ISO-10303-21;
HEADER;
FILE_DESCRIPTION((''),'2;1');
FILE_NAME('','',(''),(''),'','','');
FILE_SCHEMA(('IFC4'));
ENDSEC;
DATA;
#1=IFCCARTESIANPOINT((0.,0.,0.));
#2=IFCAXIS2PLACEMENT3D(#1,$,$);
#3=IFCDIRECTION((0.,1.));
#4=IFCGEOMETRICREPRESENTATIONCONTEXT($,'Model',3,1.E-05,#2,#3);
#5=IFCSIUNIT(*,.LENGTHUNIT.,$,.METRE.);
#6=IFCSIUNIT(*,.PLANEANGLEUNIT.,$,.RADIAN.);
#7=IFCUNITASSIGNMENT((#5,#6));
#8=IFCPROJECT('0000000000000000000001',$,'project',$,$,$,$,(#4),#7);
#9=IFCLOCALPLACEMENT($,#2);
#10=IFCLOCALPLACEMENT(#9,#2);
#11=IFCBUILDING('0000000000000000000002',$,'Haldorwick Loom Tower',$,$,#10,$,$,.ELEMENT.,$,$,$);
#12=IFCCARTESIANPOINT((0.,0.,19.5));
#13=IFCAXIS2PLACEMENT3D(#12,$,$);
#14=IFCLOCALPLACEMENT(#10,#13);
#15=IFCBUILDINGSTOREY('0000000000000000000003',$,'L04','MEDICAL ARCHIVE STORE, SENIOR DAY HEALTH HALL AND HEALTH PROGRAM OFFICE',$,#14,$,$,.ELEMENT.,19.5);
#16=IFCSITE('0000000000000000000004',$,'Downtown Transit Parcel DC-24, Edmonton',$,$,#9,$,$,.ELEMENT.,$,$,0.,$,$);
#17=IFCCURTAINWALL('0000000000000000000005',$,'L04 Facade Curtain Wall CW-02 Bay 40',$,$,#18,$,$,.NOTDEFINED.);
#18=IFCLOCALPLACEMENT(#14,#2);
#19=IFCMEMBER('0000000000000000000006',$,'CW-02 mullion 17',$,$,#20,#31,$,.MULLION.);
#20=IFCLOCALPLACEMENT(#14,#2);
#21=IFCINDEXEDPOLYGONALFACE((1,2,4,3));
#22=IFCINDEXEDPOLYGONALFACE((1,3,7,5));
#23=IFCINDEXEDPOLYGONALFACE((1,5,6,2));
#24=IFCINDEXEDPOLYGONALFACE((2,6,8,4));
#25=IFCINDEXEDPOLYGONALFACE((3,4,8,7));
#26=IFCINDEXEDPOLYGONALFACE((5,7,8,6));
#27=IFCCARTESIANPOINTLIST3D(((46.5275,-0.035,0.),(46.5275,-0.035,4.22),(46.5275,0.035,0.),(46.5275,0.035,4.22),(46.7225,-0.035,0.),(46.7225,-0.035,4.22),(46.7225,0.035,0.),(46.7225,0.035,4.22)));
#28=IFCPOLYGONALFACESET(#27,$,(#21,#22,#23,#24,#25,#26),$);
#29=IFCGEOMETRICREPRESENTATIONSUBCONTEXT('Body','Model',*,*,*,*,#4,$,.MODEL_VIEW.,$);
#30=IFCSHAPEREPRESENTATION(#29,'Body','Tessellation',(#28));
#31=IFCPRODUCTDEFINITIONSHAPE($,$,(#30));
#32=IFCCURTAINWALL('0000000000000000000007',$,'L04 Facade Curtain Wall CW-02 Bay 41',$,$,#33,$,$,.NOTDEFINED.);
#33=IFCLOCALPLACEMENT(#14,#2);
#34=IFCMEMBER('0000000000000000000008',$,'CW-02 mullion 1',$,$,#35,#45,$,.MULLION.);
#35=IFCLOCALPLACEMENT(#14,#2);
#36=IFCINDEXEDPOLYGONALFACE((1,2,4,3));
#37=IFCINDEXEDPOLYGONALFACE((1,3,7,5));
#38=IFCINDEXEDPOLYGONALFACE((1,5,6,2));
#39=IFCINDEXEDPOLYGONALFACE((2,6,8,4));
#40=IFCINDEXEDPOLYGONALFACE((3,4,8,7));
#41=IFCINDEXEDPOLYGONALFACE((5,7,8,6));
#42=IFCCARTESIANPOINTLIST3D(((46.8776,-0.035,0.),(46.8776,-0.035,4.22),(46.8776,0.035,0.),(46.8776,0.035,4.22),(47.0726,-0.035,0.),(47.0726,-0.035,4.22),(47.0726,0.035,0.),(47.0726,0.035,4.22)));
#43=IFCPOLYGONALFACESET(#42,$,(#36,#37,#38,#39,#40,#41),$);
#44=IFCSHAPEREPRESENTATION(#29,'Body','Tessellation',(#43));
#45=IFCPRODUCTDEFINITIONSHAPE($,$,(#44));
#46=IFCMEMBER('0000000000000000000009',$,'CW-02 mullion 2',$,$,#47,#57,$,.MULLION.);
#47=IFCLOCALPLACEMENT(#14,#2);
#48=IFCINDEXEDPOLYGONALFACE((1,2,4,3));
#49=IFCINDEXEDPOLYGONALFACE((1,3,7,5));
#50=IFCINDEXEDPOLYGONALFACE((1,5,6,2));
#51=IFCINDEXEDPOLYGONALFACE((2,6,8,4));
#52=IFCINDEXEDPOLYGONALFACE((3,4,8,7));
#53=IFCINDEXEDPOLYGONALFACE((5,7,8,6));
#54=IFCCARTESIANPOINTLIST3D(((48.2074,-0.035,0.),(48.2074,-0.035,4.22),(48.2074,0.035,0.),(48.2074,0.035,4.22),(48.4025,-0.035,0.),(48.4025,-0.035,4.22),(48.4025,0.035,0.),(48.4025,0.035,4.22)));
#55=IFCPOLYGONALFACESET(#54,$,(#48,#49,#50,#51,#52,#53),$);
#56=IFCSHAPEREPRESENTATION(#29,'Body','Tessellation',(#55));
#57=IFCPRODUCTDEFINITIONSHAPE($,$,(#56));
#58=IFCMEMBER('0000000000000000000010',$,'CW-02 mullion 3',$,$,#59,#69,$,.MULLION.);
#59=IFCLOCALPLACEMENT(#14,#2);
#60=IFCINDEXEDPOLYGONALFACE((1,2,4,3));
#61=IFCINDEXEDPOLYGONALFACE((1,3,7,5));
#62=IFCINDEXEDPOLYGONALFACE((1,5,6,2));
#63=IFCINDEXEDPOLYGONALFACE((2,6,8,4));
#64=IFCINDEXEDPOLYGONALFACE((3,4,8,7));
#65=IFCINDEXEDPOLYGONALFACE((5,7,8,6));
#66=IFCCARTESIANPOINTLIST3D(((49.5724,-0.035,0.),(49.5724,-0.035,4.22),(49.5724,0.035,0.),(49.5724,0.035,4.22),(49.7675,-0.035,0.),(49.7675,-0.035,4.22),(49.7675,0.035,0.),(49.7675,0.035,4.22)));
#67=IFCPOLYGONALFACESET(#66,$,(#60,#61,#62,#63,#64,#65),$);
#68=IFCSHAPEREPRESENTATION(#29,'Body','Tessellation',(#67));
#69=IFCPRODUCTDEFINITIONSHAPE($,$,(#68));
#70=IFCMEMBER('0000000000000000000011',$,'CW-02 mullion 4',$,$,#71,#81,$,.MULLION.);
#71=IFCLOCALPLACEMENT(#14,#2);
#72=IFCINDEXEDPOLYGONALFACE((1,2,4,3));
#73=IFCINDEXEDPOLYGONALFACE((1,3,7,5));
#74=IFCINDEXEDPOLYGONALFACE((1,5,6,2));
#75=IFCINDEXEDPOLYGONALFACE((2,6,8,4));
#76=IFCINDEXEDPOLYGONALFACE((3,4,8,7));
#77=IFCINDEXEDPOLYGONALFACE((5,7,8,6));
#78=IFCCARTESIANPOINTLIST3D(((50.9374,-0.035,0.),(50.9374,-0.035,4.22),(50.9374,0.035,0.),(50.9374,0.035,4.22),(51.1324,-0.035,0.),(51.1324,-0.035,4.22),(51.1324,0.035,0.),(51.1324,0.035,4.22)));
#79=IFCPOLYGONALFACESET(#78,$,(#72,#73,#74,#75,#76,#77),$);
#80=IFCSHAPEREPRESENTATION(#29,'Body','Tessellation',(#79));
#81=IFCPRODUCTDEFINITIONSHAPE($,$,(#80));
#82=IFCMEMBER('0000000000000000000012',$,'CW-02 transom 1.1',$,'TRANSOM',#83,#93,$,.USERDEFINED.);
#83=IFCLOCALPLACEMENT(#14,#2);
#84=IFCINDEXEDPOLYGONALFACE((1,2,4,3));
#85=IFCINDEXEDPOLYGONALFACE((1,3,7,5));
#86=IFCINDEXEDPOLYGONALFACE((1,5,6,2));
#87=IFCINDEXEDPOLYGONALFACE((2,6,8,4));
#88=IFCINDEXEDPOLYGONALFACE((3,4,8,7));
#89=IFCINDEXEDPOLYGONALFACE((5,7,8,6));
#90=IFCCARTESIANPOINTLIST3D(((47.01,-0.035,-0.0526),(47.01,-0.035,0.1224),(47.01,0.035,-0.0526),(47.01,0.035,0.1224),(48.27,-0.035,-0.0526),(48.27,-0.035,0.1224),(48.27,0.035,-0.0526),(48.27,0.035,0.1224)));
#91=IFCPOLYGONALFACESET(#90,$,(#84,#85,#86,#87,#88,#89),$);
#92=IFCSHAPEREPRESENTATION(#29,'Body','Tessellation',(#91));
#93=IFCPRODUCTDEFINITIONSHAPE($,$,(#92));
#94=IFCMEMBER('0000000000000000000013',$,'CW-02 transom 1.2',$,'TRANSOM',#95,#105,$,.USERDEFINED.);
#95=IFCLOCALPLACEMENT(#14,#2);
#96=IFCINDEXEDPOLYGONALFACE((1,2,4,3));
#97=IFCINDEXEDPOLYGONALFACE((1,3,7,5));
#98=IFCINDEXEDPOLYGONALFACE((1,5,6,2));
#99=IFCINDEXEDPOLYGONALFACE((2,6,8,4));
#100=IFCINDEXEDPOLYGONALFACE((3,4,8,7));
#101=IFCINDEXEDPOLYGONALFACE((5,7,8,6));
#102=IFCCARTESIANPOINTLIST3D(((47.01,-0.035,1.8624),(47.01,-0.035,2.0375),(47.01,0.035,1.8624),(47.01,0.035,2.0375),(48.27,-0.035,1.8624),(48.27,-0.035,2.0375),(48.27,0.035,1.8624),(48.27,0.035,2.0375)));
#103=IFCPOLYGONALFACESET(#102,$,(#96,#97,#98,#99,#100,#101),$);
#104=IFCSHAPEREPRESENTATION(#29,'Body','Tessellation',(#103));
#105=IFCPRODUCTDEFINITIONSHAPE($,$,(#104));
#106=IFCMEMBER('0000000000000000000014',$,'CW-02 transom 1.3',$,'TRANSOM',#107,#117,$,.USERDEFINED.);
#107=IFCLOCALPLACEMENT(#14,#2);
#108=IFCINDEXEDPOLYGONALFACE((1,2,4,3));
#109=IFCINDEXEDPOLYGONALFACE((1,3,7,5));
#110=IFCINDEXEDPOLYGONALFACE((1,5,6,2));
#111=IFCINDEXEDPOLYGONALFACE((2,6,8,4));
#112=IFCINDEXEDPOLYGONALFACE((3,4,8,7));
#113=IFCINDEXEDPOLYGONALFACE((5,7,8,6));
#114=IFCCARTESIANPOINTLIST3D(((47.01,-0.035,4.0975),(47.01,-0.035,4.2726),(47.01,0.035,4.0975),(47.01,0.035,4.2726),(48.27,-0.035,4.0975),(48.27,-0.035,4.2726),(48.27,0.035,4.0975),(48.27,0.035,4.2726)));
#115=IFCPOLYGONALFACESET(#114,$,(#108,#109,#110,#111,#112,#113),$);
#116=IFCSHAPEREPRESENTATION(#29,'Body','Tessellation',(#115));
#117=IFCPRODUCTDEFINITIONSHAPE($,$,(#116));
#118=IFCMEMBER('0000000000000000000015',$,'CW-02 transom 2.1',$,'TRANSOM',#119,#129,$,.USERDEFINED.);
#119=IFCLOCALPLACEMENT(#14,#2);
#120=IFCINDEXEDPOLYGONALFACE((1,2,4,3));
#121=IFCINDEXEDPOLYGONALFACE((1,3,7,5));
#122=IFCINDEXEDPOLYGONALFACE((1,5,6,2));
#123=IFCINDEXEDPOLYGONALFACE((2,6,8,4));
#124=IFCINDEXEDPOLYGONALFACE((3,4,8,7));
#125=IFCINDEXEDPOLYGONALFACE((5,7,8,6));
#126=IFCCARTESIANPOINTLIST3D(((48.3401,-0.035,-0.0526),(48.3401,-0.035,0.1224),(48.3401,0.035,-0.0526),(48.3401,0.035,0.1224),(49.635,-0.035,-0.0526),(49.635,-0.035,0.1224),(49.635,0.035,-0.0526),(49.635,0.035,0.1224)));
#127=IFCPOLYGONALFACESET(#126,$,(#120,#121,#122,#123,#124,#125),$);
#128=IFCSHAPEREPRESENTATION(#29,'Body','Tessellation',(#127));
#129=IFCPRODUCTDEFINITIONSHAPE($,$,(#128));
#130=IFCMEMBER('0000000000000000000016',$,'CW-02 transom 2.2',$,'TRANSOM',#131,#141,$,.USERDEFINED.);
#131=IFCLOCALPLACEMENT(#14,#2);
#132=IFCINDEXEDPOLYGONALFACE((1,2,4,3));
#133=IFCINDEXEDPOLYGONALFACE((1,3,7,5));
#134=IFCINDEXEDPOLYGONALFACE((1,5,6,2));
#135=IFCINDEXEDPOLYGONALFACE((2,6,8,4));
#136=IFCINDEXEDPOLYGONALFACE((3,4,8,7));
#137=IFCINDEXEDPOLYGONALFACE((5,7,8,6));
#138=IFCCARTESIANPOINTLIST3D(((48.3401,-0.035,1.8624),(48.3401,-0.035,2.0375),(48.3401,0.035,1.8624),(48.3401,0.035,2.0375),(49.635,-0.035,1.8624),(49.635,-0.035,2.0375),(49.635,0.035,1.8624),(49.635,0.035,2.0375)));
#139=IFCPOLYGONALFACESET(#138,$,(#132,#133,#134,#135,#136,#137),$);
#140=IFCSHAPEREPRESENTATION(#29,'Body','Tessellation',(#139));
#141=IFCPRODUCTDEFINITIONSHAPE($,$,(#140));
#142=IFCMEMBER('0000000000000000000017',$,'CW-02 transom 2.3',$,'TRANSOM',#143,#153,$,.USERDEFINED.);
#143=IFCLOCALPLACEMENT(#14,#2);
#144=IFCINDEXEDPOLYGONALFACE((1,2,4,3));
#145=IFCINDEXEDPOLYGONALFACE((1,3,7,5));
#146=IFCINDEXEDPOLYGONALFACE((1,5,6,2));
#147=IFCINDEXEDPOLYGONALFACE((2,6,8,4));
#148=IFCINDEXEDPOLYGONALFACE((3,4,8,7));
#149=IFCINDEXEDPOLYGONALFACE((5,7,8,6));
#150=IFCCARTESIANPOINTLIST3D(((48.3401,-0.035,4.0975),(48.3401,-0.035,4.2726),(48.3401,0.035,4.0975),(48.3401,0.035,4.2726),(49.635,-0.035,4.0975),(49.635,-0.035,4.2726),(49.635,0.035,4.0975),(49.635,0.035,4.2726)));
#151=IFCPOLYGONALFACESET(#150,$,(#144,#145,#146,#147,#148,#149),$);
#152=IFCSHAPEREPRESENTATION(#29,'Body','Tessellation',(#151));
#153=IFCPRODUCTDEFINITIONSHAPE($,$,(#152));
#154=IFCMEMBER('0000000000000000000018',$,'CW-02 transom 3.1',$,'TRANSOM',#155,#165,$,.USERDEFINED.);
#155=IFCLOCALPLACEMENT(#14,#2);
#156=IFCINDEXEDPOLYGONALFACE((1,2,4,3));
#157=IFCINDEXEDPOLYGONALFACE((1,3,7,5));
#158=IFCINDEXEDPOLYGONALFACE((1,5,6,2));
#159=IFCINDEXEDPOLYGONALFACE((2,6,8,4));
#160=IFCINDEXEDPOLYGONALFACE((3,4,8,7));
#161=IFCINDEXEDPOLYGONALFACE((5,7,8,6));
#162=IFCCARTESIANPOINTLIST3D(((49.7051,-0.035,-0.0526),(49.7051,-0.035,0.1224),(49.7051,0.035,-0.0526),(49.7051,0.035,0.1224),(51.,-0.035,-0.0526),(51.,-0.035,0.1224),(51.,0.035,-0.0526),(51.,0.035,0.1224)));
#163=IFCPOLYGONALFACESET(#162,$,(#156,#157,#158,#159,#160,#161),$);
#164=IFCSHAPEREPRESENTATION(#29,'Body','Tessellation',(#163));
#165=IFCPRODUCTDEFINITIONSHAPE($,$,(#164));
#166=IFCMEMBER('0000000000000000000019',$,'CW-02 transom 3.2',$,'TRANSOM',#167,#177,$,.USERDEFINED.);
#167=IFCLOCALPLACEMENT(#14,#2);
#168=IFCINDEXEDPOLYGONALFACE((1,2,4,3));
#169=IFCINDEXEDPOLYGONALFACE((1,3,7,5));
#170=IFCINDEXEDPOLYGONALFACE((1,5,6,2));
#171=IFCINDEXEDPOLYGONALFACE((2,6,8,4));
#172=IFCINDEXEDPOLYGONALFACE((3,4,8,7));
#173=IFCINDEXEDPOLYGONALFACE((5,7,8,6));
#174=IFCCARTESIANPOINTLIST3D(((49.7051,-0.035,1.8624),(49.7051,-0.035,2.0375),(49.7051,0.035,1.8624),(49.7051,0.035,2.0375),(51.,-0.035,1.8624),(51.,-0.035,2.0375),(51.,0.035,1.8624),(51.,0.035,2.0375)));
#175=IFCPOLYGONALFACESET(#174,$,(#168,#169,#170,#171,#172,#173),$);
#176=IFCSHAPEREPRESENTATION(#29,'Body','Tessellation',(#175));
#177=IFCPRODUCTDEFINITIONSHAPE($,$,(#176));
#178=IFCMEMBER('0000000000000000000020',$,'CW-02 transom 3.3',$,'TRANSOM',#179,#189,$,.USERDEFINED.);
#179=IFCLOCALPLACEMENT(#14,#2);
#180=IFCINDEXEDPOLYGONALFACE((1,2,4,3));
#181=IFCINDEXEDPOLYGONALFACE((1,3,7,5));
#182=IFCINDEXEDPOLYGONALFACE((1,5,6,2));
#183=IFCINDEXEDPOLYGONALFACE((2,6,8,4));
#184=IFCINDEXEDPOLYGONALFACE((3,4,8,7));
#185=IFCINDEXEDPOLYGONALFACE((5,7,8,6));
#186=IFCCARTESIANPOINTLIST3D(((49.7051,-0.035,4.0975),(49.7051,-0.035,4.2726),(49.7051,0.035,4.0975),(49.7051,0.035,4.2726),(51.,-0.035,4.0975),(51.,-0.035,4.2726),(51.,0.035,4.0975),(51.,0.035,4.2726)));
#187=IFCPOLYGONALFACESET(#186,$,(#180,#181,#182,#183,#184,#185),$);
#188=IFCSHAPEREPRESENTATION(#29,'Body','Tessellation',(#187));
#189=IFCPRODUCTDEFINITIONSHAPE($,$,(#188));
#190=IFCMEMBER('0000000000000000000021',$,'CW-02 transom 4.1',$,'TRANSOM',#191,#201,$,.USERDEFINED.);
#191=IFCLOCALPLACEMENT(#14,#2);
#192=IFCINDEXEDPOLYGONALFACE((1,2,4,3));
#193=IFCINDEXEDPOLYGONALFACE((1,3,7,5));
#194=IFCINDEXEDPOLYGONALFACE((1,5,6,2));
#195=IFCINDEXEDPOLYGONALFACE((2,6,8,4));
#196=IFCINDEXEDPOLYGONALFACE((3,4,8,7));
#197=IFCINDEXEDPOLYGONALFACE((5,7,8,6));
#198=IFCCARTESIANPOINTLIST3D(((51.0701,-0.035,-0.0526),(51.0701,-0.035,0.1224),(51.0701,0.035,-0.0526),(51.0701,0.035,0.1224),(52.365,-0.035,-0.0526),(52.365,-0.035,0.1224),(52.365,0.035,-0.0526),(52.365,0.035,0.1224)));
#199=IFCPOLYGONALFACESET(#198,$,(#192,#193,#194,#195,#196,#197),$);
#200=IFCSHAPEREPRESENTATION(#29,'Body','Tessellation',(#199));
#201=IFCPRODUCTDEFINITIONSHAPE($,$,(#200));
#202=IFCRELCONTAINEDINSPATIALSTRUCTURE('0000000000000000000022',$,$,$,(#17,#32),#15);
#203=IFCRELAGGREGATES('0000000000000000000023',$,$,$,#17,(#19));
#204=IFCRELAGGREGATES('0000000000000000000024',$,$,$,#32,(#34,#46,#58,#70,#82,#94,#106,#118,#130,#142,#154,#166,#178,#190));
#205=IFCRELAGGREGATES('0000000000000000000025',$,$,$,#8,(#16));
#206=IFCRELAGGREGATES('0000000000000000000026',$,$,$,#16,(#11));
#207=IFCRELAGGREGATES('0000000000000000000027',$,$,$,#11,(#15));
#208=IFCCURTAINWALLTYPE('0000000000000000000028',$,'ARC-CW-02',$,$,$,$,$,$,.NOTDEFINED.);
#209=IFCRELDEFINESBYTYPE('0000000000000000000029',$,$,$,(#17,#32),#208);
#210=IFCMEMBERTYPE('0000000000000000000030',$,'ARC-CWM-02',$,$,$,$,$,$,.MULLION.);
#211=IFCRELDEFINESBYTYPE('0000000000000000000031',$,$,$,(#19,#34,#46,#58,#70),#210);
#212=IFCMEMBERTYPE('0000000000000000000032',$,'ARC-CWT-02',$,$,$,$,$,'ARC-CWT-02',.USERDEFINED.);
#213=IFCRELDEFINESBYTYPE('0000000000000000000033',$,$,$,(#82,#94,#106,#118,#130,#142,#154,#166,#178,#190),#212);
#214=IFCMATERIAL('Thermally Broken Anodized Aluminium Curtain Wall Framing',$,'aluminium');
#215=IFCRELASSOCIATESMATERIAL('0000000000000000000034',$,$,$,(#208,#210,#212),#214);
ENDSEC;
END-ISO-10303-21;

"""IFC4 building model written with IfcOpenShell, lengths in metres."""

from ifc_helpers import new_model, si_unit, direction, frame, origin, origin_2d, place, context, subcontext, project, spatial, rectangle, extrude, material, material_profile, profile_set, type_object, element, aggregate, save


model = new_model("IFC4")

# Units and contexts
model_context = context("Model", 3, precision=1e-05, world=origin(), true_north=direction((0.0, 1.0)))
body_context = subcontext(model_context, "Body", "Model", "MODEL_VIEW")
ifc_project = project(units=[si_unit("LENGTHUNIT", "METRE"), si_unit("PLANEANGLEUNIT", "RADIAN")], contexts=[model_context])

# Site, building, storey
site_placement = place(None, origin())
site = spatial("IfcSite", under=ifc_project, at=site_placement, Name="Downtown Transit Parcel DC-24, Edmonton", CompositionType="ELEMENT", RefElevation=0.0)
building_placement = place(site_placement, origin())
building = spatial("IfcBuilding", under=site, at=building_placement, Name="Haldorwick Loom Tower", CompositionType="ELEMENT")
storey_placement = place(building_placement, frame((0.0, 0.0, 19.5)))
storey = spatial("IfcBuildingStorey", under=building, at=storey_placement, Name="L04", Description="MEDICAL ARCHIVE STORE, SENIOR DAY HEALTH HALL AND HEALTH PROGRAM OFFICE", CompositionType="ELEMENT", Elevation=19.5)

# Curtain wall, member
ifc_material_1 = material(Name="Thermally Broken Anodized Aluminium Curtain Wall Framing", Category="aluminium")
curtain_wall_type = type_object("IfcCurtainWallType", Name="ARC-CW-02", PredefinedType="NOTDEFINED", material=ifc_material_1)
curtain_wall_1_placement = place(storey_placement, origin())
curtain_wall_1 = element("IfcCurtainWall", 1, at=curtain_wall_1_placement, inside=storey, type_object=curtain_wall_type, Name="L04 Facade Curtain Wall CW-02 Bay 40", PredefinedType="NOTDEFINED")
ifc_material_profile_1 = material_profile(ifc_material_1, rectangle(XDim=0.0701, YDim=0.1951, at=origin_2d()), Name="ALU_MUL_70X195", Category="aluminium")
ifc_profile_set_1 = profile_set([ifc_material_profile_1], Name="Thermally Broken Anodized Aluminium Curtain Wall Framing")
member_type_1 = type_object("IfcMemberType", Name="ARC-CWM-02", PredefinedType="MULLION", material=ifc_profile_set_1)
member_1_placement = place(storey_placement, frame((46.625, 0.0, 0.0), z_axis=(0.0, 0.0, 1.0), x_axis=(0.0, 1.0, 0.0)))
member_1 = element("IfcMember", 2, at=member_1_placement, type_object=member_type_1, Name="CW-02 mullion 17", PredefinedType="MULLION", context=body_context, shape_type="SweptSolid", body=[
    extrude(rectangle(XDim=0.0701, YDim=0.1951, at=origin_2d()), origin(), (0.0, 0.0, 1.0), 4.22),
])
aggregate(curtain_wall_1, [member_1])

# Curtain wall, members
curtain_wall_2_placement = place(storey_placement, origin())
curtain_wall_2 = element("IfcCurtainWall", 3, at=curtain_wall_2_placement, inside=storey, type_object=curtain_wall_type, Name="L04 Facade Curtain Wall CW-02 Bay 41", PredefinedType="NOTDEFINED")
member_2_placement = place(storey_placement, frame((46.9751, 0.0, 0.0), z_axis=(0.0, 0.0, 1.0), x_axis=(0.0, 1.0, 0.0)))
member_2 = element("IfcMember", 4, at=member_2_placement, type_object=member_type_1, Name="CW-02 mullion 1", PredefinedType="MULLION", context=body_context, shape_type="SweptSolid", body=[
    extrude(rectangle(XDim=0.0701, YDim=0.1951, at=origin_2d()), origin(), (0.0, 0.0, 1.0), 4.22),
])
member_3_placement = place(storey_placement, frame((48.3049, 0.0, 0.0), z_axis=(0.0, 0.0, 1.0), x_axis=(0.0, 1.0, 0.0)))
member_3 = element("IfcMember", 5, at=member_3_placement, type_object=member_type_1, Name="CW-02 mullion 2", PredefinedType="MULLION", context=body_context, shape_type="SweptSolid", body=[
    extrude(rectangle(XDim=0.0701, YDim=0.1951, at=origin_2d()), origin(), (0.0, 0.0, 1.0), 4.22),
])
member_4_placement = place(storey_placement, frame((49.6699, 0.0, 0.0), z_axis=(0.0, 0.0, 1.0), x_axis=(0.0, 1.0, 0.0)))
member_4 = element("IfcMember", 6, at=member_4_placement, type_object=member_type_1, Name="CW-02 mullion 3", PredefinedType="MULLION", context=body_context, shape_type="SweptSolid", body=[
    extrude(rectangle(XDim=0.0701, YDim=0.1951, at=origin_2d()), origin(), (0.0, 0.0, 1.0), 4.22),
])
member_5_placement = place(storey_placement, frame((51.0349, 0.0, 0.0), z_axis=(0.0, 0.0, 1.0), x_axis=(0.0, 1.0, 0.0)))
member_5 = element("IfcMember", 7, at=member_5_placement, type_object=member_type_1, Name="CW-02 mullion 4", PredefinedType="MULLION", context=body_context, shape_type="SweptSolid", body=[
    extrude(rectangle(XDim=0.0701, YDim=0.1951, at=origin_2d()), origin(), (0.0, 0.0, 1.0), 4.22),
])
ifc_material_profile_2 = material_profile(ifc_material_1, rectangle(XDim=0.0701, YDim=0.175, at=origin_2d()), Name="ALU_TRN_70X175", Category="aluminium")
ifc_profile_set_2 = profile_set([ifc_material_profile_2], Name="Thermally Broken Anodized Aluminium Curtain Wall Framing")
member_type_2 = type_object("IfcMemberType", Name="ARC-CWT-02", ElementType="ARC-CWT-02", PredefinedType="USERDEFINED", material=ifc_profile_set_2)
member_6_placement = place(storey_placement, frame((47.01, 0.0, 0.0349), z_axis=(1.0, 0.0, 0.0), x_axis=(0.0, 1.0, 0.0)))
member_6 = element("IfcMember", 8, at=member_6_placement, type_object=member_type_2, Name="CW-02 transom 1.1", ObjectType="TRANSOM", PredefinedType="USERDEFINED", context=body_context, shape_type="SweptSolid", body=[
    extrude(rectangle(XDim=0.0701, YDim=0.175, at=origin_2d()), origin(), (0.0, 0.0, 1.0), 1.26),
])
member_7_placement = place(storey_placement, frame((47.01, 0.0, 1.95), z_axis=(1.0, 0.0, 0.0), x_axis=(0.0, 1.0, 0.0)))
member_7 = element("IfcMember", 9, at=member_7_placement, type_object=member_type_2, Name="CW-02 transom 1.2", ObjectType="TRANSOM", PredefinedType="USERDEFINED", context=body_context, shape_type="SweptSolid", body=[
    extrude(rectangle(XDim=0.0701, YDim=0.175, at=origin_2d()), origin(), (0.0, 0.0, 1.0), 1.26),
])
member_8_placement = place(storey_placement, frame((47.01, 0.0, 4.1851), z_axis=(1.0, 0.0, 0.0), x_axis=(0.0, 1.0, 0.0)))
member_8 = element("IfcMember", 10, at=member_8_placement, type_object=member_type_2, Name="CW-02 transom 1.3", ObjectType="TRANSOM", PredefinedType="USERDEFINED", context=body_context, shape_type="SweptSolid", body=[
    extrude(rectangle(XDim=0.0701, YDim=0.175, at=origin_2d()), origin(), (0.0, 0.0, 1.0), 1.26),
])
member_9_placement = place(storey_placement, frame((48.3401, 0.0, 0.0349), z_axis=(1.0, 0.0, 0.0), x_axis=(0.0, 1.0, 0.0)))
member_9 = element("IfcMember", 11, at=member_9_placement, type_object=member_type_2, Name="CW-02 transom 2.1", ObjectType="TRANSOM", PredefinedType="USERDEFINED", context=body_context, shape_type="SweptSolid", body=[
    extrude(rectangle(XDim=0.0701, YDim=0.175, at=origin_2d()), origin(), (0.0, 0.0, 1.0), 1.2949),
])
member_10_placement = place(storey_placement, frame((48.3401, 0.0, 1.95), z_axis=(1.0, 0.0, 0.0), x_axis=(0.0, 1.0, 0.0)))
member_10 = element("IfcMember", 12, at=member_10_placement, type_object=member_type_2, Name="CW-02 transom 2.2", ObjectType="TRANSOM", PredefinedType="USERDEFINED", context=body_context, shape_type="SweptSolid", body=[
    extrude(rectangle(XDim=0.0701, YDim=0.175, at=origin_2d()), origin(), (0.0, 0.0, 1.0), 1.2949),
])
member_11_placement = place(storey_placement, frame((48.3401, 0.0, 4.1851), z_axis=(1.0, 0.0, 0.0), x_axis=(0.0, 1.0, 0.0)))
member_11 = element("IfcMember", 13, at=member_11_placement, type_object=member_type_2, Name="CW-02 transom 2.3", ObjectType="TRANSOM", PredefinedType="USERDEFINED", context=body_context, shape_type="SweptSolid", body=[
    extrude(rectangle(XDim=0.0701, YDim=0.175, at=origin_2d()), origin(), (0.0, 0.0, 1.0), 1.2949),
])
member_12_placement = place(storey_placement, frame((49.7051, 0.0, 0.0349), z_axis=(1.0, 0.0, 0.0), x_axis=(0.0, 1.0, 0.0)))
member_12 = element("IfcMember", 14, at=member_12_placement, type_object=member_type_2, Name="CW-02 transom 3.1", ObjectType="TRANSOM", PredefinedType="USERDEFINED", context=body_context, shape_type="SweptSolid", body=[
    extrude(rectangle(XDim=0.0701, YDim=0.175, at=origin_2d()), origin(), (0.0, 0.0, 1.0), 1.2949),
])
member_13_placement = place(storey_placement, frame((49.7051, 0.0, 1.95), z_axis=(1.0, 0.0, 0.0), x_axis=(0.0, 1.0, 0.0)))
member_13 = element("IfcMember", 15, at=member_13_placement, type_object=member_type_2, Name="CW-02 transom 3.2", ObjectType="TRANSOM", PredefinedType="USERDEFINED", context=body_context, shape_type="SweptSolid", body=[
    extrude(rectangle(XDim=0.0701, YDim=0.175, at=origin_2d()), origin(), (0.0, 0.0, 1.0), 1.2949),
])
member_14_placement = place(storey_placement, frame((49.7051, 0.0, 4.1851), z_axis=(1.0, 0.0, 0.0), x_axis=(0.0, 1.0, 0.0)))
member_14 = element("IfcMember", 16, at=member_14_placement, type_object=member_type_2, Name="CW-02 transom 3.3", ObjectType="TRANSOM", PredefinedType="USERDEFINED", context=body_context, shape_type="SweptSolid", body=[
    extrude(rectangle(XDim=0.0701, YDim=0.175, at=origin_2d()), origin(), (0.0, 0.0, 1.0), 1.2949),
])
member_15_placement = place(storey_placement, frame((51.0701, 0.0, 0.0349), z_axis=(1.0, 0.0, 0.0), x_axis=(0.0, 1.0, 0.0)))
member_15 = element("IfcMember", 17, at=member_15_placement, type_object=member_type_2, Name="CW-02 transom 4.1", ObjectType="TRANSOM", PredefinedType="USERDEFINED", context=body_context, shape_type="SweptSolid", body=[
    extrude(rectangle(XDim=0.0701, YDim=0.175, at=origin_2d()), origin(), (0.0, 0.0, 1.0), 1.2949),
])
aggregate(curtain_wall_2, [member_2, member_3, member_4, member_5, member_6, member_7, member_8, member_9, member_10, member_11, member_12, member_13, member_14, member_15])

save(model, "model.ifc")
